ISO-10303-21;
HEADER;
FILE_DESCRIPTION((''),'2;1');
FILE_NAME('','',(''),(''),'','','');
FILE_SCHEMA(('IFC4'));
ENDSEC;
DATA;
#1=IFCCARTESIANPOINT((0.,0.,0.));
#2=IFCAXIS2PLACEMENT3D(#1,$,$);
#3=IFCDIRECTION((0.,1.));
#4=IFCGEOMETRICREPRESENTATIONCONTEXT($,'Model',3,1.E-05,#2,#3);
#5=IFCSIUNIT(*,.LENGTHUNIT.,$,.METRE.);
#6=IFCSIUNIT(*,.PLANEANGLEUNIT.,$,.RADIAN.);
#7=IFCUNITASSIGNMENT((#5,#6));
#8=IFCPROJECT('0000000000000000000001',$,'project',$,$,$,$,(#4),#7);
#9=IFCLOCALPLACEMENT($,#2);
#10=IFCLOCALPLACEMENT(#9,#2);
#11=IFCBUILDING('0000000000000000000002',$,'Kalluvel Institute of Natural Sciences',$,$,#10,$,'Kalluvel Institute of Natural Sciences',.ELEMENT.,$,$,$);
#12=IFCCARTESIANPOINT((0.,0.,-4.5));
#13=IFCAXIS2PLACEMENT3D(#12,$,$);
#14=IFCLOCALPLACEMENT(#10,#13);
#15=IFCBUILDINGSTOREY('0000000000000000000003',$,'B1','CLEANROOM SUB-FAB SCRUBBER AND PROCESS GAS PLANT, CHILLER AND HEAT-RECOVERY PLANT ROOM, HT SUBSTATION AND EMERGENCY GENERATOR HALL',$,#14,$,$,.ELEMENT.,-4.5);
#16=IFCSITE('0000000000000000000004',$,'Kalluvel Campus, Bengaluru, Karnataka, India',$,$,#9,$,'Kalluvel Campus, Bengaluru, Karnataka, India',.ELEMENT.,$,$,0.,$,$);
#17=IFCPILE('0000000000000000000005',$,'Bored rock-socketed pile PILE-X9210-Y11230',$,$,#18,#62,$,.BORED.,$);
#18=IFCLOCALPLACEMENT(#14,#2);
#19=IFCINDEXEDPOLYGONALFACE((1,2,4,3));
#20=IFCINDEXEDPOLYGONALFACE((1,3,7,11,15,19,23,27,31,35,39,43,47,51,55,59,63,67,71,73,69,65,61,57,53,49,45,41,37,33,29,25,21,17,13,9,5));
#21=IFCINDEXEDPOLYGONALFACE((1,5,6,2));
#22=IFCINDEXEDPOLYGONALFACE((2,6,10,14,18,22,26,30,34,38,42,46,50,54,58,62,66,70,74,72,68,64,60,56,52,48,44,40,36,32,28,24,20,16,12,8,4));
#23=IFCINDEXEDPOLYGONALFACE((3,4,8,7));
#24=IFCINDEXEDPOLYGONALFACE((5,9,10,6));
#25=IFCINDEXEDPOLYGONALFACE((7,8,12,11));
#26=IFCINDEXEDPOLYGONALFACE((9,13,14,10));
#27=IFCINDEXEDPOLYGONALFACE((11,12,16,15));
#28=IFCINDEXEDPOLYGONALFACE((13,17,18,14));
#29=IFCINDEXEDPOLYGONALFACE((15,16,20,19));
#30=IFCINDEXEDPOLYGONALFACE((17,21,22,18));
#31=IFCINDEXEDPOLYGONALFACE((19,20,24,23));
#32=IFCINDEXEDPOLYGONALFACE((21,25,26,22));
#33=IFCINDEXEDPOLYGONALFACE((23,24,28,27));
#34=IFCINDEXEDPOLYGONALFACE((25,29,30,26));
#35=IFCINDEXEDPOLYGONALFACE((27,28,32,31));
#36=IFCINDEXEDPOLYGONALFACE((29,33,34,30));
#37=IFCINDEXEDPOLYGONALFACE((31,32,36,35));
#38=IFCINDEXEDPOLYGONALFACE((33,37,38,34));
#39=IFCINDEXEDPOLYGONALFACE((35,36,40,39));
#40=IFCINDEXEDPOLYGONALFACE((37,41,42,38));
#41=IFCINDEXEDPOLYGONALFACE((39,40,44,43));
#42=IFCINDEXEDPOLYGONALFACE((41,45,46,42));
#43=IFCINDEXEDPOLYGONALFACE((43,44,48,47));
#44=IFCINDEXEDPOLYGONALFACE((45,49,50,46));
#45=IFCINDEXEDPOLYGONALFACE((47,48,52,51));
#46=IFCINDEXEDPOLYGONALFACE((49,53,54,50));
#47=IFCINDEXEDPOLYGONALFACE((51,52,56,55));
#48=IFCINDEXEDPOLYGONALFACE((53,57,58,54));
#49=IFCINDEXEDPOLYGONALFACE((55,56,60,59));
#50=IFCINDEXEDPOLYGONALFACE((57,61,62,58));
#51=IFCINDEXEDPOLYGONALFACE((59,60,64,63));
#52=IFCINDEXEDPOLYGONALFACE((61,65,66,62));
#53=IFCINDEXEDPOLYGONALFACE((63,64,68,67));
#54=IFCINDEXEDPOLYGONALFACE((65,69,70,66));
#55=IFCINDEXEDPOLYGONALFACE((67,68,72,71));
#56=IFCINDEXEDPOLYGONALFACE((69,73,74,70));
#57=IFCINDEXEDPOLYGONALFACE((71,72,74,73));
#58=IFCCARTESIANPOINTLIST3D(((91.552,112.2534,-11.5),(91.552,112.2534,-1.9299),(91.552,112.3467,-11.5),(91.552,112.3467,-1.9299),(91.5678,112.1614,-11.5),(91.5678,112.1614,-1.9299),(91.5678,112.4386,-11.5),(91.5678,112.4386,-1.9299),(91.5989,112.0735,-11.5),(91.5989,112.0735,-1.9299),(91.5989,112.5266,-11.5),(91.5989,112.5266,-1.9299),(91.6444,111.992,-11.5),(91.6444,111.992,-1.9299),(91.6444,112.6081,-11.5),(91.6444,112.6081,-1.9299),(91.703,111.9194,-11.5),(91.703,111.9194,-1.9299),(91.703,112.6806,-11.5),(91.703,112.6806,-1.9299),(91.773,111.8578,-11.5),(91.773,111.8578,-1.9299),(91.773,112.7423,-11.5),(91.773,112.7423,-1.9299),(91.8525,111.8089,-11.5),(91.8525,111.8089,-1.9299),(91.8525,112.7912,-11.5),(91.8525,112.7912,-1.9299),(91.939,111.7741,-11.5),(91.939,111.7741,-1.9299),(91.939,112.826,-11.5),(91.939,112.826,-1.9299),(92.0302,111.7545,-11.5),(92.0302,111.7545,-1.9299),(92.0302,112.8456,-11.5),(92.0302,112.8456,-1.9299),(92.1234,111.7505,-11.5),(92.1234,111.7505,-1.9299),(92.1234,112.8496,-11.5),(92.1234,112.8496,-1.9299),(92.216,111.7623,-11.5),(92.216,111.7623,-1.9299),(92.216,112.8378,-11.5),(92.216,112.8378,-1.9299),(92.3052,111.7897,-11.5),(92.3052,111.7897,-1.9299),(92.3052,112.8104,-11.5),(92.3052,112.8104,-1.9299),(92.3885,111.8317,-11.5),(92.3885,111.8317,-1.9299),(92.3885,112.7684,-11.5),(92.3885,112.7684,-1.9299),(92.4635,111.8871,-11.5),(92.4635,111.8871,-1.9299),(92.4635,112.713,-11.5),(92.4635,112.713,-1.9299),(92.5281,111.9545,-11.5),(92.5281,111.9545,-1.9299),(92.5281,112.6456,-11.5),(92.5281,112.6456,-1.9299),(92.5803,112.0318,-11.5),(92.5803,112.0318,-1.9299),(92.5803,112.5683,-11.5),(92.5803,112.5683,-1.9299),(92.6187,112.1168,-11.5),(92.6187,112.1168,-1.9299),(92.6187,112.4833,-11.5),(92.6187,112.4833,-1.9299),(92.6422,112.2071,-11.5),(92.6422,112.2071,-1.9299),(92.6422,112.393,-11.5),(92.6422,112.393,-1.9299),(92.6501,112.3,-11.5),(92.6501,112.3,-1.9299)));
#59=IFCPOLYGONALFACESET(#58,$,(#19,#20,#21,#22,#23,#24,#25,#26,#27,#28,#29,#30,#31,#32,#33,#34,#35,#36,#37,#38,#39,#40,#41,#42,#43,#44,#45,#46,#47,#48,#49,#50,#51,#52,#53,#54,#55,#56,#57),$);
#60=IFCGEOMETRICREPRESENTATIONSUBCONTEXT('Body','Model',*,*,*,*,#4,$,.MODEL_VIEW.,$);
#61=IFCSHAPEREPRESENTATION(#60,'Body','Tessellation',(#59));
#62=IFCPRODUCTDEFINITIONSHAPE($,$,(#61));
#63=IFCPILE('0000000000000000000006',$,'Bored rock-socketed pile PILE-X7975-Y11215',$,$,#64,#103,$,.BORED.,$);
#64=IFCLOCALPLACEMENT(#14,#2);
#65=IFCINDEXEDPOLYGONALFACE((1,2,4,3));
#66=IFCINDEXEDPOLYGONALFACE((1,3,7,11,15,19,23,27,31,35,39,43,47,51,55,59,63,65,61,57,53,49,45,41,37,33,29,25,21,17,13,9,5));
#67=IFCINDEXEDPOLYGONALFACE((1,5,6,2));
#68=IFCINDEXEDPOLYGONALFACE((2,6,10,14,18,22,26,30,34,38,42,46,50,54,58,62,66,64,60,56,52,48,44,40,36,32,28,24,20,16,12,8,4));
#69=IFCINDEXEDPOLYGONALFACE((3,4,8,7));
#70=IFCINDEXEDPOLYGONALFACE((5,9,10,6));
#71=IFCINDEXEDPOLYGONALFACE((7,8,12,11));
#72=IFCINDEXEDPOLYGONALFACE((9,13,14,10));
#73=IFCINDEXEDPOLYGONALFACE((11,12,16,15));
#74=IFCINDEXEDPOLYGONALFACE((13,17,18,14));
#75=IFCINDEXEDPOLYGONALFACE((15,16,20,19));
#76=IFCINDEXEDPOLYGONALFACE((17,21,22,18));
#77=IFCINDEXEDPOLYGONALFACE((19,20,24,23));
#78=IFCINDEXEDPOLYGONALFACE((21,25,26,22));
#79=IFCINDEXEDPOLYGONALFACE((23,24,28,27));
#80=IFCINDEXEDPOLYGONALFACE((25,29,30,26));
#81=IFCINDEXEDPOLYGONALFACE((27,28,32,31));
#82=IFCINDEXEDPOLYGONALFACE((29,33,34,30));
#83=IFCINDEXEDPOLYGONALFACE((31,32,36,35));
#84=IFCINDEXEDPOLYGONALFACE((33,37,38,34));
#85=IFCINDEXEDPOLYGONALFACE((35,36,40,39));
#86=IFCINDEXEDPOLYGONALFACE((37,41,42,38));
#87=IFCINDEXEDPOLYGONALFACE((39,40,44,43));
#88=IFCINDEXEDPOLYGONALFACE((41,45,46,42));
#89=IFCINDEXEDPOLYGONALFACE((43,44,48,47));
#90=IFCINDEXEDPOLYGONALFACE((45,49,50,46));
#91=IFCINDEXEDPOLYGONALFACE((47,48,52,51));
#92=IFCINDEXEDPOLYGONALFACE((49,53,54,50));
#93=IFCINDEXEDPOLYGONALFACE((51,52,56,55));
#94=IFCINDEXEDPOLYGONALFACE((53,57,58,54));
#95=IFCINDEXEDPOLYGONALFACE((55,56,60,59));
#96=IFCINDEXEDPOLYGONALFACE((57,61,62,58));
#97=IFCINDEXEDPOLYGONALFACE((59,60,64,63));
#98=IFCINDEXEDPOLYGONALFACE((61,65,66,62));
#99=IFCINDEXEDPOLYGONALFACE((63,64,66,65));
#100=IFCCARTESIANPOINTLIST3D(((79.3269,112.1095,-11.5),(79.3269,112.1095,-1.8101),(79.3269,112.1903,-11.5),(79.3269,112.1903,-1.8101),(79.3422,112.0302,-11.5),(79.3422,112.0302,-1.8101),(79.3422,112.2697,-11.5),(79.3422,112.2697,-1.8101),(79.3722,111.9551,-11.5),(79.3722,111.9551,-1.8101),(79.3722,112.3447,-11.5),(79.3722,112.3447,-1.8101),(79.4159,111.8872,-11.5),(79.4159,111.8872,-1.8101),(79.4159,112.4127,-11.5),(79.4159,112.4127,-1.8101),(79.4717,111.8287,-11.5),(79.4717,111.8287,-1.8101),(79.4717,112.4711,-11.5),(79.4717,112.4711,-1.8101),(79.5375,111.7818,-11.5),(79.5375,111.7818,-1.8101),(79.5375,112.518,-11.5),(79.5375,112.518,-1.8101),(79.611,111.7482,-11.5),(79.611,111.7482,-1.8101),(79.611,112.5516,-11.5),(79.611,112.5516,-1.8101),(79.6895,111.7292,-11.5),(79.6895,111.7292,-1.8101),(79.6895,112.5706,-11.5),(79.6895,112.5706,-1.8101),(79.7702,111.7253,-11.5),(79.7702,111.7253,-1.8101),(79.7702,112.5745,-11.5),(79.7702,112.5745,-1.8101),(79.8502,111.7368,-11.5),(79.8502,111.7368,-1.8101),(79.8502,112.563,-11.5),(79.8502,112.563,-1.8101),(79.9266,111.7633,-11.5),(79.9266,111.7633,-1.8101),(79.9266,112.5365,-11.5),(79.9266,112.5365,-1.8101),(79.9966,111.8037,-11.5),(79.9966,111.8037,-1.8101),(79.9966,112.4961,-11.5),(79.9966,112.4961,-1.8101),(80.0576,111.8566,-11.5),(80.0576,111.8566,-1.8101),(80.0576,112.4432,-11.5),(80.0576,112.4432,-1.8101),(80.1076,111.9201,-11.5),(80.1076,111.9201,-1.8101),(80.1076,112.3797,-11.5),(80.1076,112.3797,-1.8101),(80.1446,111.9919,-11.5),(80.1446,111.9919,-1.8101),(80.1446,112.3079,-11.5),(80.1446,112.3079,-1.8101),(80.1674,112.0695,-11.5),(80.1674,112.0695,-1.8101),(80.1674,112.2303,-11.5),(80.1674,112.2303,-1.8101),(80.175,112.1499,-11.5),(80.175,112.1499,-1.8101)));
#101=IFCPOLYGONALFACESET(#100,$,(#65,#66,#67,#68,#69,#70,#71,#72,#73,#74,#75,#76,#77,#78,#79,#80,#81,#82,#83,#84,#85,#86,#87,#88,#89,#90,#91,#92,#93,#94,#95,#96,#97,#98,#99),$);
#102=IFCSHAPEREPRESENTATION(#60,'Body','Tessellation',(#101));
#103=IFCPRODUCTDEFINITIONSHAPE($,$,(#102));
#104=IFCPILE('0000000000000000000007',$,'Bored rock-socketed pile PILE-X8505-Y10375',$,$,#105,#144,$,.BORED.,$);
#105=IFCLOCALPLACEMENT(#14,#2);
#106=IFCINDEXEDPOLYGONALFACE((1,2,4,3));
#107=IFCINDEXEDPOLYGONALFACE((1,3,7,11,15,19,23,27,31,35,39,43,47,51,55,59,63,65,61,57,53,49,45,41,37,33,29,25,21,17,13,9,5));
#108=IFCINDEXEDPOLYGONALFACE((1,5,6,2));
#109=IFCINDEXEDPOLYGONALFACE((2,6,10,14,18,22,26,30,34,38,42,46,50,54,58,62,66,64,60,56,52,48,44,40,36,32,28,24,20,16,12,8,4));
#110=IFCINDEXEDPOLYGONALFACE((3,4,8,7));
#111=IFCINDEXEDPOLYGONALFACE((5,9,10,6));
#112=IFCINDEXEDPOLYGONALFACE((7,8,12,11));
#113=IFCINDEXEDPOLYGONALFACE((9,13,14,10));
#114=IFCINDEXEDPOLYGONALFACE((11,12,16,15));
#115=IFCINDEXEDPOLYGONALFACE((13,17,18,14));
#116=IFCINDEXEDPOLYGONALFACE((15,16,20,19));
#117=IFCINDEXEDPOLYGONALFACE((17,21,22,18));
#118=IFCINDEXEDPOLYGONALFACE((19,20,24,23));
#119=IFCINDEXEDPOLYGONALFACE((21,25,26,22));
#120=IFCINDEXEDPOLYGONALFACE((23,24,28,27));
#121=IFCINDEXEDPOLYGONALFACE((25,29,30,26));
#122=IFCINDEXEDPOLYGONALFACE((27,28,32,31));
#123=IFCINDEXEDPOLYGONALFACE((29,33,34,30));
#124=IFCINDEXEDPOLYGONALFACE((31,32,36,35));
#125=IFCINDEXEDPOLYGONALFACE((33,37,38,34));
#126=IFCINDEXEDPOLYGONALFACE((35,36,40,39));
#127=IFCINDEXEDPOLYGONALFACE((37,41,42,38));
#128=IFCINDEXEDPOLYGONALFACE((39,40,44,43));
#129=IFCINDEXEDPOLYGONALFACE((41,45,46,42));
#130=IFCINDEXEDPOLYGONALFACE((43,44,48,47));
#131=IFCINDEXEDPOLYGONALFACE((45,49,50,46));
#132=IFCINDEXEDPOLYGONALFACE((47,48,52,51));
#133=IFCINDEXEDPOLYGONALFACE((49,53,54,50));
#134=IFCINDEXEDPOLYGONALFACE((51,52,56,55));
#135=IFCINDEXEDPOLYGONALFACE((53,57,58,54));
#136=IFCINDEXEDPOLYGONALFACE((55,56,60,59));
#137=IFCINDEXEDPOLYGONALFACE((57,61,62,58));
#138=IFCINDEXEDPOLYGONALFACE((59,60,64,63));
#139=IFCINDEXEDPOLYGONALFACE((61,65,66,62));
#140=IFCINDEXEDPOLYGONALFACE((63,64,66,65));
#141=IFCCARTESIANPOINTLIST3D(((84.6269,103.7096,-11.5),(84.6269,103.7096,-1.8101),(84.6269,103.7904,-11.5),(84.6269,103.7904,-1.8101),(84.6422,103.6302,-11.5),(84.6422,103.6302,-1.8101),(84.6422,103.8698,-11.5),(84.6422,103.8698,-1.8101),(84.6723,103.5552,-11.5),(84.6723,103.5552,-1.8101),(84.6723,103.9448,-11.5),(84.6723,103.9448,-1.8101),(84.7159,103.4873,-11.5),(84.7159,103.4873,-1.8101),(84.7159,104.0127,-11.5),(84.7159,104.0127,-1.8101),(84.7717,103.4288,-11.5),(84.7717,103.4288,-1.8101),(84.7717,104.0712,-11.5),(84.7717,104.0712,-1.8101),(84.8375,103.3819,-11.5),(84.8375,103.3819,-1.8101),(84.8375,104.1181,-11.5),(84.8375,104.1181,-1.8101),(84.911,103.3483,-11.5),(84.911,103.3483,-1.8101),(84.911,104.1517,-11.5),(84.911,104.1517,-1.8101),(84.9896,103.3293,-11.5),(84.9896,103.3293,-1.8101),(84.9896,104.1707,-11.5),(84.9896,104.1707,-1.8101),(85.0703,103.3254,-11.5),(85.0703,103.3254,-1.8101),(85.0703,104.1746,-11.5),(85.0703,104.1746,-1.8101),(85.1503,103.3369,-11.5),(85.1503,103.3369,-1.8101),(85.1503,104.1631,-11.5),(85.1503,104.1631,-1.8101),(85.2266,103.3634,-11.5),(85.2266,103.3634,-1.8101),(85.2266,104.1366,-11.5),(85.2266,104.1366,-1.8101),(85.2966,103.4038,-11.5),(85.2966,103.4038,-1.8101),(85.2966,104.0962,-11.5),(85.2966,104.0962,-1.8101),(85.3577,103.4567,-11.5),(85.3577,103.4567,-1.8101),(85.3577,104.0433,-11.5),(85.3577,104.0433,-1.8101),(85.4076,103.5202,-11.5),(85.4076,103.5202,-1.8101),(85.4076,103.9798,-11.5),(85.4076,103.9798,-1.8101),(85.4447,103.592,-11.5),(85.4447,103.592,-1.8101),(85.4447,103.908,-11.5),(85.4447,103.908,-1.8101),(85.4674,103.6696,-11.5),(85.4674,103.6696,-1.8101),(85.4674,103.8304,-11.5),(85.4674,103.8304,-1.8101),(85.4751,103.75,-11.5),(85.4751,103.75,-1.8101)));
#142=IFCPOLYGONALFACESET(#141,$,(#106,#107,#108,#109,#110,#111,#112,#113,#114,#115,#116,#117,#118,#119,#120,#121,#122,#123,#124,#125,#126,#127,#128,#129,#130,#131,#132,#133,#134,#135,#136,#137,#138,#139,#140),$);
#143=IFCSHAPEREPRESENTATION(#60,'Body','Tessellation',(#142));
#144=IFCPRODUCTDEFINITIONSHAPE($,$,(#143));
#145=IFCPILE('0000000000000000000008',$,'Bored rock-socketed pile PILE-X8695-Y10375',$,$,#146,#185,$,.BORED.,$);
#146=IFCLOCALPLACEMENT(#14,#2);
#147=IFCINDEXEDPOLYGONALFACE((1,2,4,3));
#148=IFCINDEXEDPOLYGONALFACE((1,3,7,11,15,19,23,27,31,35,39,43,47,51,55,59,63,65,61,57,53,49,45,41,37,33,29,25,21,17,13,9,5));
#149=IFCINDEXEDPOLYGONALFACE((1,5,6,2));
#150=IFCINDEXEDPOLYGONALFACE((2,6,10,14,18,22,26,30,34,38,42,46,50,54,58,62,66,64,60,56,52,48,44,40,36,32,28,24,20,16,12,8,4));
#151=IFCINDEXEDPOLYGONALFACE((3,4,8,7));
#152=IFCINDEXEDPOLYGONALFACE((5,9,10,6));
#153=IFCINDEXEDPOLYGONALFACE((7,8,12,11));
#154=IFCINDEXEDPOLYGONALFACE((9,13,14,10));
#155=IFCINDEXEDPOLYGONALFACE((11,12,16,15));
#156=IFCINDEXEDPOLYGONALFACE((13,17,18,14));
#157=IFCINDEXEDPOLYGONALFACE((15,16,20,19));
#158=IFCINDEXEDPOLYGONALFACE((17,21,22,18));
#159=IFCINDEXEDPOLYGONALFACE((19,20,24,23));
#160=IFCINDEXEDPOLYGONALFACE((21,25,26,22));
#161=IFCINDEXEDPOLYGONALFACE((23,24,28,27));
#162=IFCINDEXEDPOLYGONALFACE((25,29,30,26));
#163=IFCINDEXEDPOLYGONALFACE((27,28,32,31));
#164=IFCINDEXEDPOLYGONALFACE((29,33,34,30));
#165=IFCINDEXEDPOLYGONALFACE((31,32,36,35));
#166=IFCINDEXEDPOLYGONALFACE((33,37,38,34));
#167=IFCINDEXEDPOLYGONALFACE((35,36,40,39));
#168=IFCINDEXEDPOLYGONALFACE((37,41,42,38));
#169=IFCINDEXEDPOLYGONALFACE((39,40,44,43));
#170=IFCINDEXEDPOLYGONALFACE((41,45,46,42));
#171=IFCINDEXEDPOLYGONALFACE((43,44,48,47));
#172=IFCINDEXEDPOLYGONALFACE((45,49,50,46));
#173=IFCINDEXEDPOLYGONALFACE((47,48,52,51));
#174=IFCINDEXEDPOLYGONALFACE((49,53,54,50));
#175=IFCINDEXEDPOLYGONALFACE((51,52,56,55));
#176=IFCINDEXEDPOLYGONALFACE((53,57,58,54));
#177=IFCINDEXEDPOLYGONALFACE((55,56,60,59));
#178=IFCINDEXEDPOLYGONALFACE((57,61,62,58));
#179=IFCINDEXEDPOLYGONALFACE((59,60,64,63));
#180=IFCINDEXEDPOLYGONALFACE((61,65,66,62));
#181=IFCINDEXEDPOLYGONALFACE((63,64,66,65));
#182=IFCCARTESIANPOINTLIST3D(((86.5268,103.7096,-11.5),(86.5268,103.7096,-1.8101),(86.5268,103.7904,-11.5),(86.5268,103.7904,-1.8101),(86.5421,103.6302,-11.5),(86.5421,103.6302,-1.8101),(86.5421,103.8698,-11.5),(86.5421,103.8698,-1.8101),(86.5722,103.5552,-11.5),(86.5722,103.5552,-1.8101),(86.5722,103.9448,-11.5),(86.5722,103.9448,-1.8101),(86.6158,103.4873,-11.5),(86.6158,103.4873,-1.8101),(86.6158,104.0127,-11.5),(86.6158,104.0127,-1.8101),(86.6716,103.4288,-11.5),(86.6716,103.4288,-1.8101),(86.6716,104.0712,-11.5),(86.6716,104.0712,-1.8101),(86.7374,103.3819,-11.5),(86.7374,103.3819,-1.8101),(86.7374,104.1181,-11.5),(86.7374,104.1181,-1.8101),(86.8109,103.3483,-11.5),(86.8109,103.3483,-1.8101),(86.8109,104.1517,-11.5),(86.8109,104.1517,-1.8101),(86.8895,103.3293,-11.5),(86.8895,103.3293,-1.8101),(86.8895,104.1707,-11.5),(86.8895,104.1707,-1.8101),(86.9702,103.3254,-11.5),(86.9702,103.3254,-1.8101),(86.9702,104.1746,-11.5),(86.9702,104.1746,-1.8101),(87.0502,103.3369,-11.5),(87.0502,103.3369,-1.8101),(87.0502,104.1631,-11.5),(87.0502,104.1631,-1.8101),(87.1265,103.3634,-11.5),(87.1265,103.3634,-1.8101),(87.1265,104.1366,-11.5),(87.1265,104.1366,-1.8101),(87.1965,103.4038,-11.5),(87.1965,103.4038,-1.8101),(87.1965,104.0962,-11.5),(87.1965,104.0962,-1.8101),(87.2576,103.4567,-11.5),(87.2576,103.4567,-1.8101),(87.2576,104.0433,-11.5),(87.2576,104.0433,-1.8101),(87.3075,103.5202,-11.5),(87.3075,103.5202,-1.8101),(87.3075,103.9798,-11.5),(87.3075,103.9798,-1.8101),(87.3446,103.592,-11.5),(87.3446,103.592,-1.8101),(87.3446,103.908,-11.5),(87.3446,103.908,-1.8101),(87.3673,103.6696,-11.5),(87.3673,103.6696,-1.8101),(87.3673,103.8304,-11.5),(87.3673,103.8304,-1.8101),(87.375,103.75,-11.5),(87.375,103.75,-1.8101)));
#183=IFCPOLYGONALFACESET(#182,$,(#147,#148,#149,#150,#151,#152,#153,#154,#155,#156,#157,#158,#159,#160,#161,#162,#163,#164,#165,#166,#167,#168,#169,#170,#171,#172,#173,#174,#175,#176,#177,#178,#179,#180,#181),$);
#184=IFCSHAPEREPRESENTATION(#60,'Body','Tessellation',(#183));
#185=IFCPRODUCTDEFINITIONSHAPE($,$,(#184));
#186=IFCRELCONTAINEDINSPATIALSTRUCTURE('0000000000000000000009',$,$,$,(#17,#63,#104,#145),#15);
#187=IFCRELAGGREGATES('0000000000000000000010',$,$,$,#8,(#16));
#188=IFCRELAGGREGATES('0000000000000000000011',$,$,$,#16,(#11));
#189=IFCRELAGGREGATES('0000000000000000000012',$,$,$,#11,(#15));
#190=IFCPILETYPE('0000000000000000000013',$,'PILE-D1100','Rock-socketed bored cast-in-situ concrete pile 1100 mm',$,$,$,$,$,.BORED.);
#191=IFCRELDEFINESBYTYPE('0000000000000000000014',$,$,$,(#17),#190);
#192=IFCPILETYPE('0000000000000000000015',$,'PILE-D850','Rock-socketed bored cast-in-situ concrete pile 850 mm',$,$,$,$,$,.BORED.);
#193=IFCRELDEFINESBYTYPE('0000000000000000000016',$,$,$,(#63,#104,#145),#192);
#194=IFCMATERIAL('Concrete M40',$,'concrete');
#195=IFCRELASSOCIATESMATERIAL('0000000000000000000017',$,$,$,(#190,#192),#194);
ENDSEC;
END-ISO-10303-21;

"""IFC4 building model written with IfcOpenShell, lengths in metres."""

from ifc_helpers import new_model, si_unit, direction, frame, origin, origin_2d, place, context, subcontext, project, spatial, circle, extrude, material, material_profile, profile_set, type_object, element, save


model = new_model("IFC4")

# Units and contexts
model_context = context("Model", 3, precision=1e-05, world=origin(), true_north=direction((0.0, 1.0)))
body_context = subcontext(model_context, "Body", "Model", "MODEL_VIEW")
ifc_project = project(units=[si_unit("LENGTHUNIT", "METRE"), si_unit("PLANEANGLEUNIT", "RADIAN")], contexts=[model_context])

# Site, building, storey
site_placement = place(None, origin())
site = spatial("IfcSite", under=ifc_project, at=site_placement, Name="Kalluvel Campus, Bengaluru, Karnataka, India", LongName="Kalluvel Campus, Bengaluru, Karnataka, India", CompositionType="ELEMENT", RefElevation=0.0)
building_placement = place(site_placement, origin())
building = spatial("IfcBuilding", under=site, at=building_placement, Name="Kalluvel Institute of Natural Sciences", LongName="Kalluvel Institute of Natural Sciences", CompositionType="ELEMENT")
storey_placement = place(building_placement, frame((0.0, 0.0, -4.5)))
storey = spatial("IfcBuildingStorey", under=building, at=storey_placement, Name="B1", Description="CLEANROOM SUB-FAB SCRUBBER AND PROCESS GAS PLANT, CHILLER AND HEAT-RECOVERY PLANT ROOM, HT SUBSTATION AND EMERGENCY GENERATOR HALL", CompositionType="ELEMENT", Elevation=-4.5)

# Shared definitions
ifc_material_1 = material(Name="Concrete M40", Category="concrete")

# Piles
ifc_material_profile_1 = material_profile(ifc_material_1, circle(Radius=0.55, at=origin_2d()), Name="PILE D1100")
ifc_profile_set_1 = profile_set([ifc_material_profile_1], Name="Concrete M40")
pile_type_1 = type_object("IfcPileType", Name="PILE-D1100", Description="Rock-socketed bored cast-in-situ concrete pile 1100 mm", PredefinedType="BORED", material=ifc_profile_set_1)
for number, where, z_axis, x_axis, name in (
    (1, (92.1001, 112.3, -1.9299), (0.0, 0.0, -1.0), (1.0, 0.0, 0.0), "Bored rock-socketed pile PILE-X9210-Y11230"),
):
    element("IfcPile", number, at=place(storey_placement, frame(where, z_axis=z_axis, x_axis=x_axis)), inside=storey, type_object=pile_type_1, Name=name, PredefinedType="BORED", context=body_context, shape_type="SweptSolid", body=[
        extrude(circle(Radius=0.55, at=origin_2d()), origin(), (0.0, 0.0, 1.0), 9.5701),
    ])
ifc_material_profile_2 = material_profile(ifc_material_1, circle(Radius=0.425, at=origin_2d()), Name="PILE D850")
ifc_profile_set_2 = profile_set([ifc_material_profile_2], Name="Concrete M40")
pile_type_2 = type_object("IfcPileType", Name="PILE-D850", Description="Rock-socketed bored cast-in-situ concrete pile 850 mm", PredefinedType="BORED", material=ifc_profile_set_2)
for number, where, z_axis, x_axis, name in (
    (2, (79.75, 112.1499, -1.8101), (0.0, 0.0, -1.0), (1.0, 0.0, 0.0), "Bored rock-socketed pile PILE-X7975-Y11215"),
    (3, (85.05, 103.75, -1.8101), (0.0, 0.0, -1.0), (1.0, 0.0, 0.0), "Bored rock-socketed pile PILE-X8505-Y10375"),
    (4, (86.95, 103.75, -1.8101), (0.0, 0.0, -1.0), (1.0, 0.0, 0.0), "Bored rock-socketed pile PILE-X8695-Y10375"),
):
    element("IfcPile", number, at=place(storey_placement, frame(where, z_axis=z_axis, x_axis=x_axis)), inside=storey, type_object=pile_type_2, Name=name, PredefinedType="BORED", context=body_context, shape_type="SweptSolid", body=[
        extrude(circle(Radius=0.425, at=origin_2d()), origin(), (0.0, 0.0, 1.0), 9.6899),
    ])

save(model, "model.ifc")
